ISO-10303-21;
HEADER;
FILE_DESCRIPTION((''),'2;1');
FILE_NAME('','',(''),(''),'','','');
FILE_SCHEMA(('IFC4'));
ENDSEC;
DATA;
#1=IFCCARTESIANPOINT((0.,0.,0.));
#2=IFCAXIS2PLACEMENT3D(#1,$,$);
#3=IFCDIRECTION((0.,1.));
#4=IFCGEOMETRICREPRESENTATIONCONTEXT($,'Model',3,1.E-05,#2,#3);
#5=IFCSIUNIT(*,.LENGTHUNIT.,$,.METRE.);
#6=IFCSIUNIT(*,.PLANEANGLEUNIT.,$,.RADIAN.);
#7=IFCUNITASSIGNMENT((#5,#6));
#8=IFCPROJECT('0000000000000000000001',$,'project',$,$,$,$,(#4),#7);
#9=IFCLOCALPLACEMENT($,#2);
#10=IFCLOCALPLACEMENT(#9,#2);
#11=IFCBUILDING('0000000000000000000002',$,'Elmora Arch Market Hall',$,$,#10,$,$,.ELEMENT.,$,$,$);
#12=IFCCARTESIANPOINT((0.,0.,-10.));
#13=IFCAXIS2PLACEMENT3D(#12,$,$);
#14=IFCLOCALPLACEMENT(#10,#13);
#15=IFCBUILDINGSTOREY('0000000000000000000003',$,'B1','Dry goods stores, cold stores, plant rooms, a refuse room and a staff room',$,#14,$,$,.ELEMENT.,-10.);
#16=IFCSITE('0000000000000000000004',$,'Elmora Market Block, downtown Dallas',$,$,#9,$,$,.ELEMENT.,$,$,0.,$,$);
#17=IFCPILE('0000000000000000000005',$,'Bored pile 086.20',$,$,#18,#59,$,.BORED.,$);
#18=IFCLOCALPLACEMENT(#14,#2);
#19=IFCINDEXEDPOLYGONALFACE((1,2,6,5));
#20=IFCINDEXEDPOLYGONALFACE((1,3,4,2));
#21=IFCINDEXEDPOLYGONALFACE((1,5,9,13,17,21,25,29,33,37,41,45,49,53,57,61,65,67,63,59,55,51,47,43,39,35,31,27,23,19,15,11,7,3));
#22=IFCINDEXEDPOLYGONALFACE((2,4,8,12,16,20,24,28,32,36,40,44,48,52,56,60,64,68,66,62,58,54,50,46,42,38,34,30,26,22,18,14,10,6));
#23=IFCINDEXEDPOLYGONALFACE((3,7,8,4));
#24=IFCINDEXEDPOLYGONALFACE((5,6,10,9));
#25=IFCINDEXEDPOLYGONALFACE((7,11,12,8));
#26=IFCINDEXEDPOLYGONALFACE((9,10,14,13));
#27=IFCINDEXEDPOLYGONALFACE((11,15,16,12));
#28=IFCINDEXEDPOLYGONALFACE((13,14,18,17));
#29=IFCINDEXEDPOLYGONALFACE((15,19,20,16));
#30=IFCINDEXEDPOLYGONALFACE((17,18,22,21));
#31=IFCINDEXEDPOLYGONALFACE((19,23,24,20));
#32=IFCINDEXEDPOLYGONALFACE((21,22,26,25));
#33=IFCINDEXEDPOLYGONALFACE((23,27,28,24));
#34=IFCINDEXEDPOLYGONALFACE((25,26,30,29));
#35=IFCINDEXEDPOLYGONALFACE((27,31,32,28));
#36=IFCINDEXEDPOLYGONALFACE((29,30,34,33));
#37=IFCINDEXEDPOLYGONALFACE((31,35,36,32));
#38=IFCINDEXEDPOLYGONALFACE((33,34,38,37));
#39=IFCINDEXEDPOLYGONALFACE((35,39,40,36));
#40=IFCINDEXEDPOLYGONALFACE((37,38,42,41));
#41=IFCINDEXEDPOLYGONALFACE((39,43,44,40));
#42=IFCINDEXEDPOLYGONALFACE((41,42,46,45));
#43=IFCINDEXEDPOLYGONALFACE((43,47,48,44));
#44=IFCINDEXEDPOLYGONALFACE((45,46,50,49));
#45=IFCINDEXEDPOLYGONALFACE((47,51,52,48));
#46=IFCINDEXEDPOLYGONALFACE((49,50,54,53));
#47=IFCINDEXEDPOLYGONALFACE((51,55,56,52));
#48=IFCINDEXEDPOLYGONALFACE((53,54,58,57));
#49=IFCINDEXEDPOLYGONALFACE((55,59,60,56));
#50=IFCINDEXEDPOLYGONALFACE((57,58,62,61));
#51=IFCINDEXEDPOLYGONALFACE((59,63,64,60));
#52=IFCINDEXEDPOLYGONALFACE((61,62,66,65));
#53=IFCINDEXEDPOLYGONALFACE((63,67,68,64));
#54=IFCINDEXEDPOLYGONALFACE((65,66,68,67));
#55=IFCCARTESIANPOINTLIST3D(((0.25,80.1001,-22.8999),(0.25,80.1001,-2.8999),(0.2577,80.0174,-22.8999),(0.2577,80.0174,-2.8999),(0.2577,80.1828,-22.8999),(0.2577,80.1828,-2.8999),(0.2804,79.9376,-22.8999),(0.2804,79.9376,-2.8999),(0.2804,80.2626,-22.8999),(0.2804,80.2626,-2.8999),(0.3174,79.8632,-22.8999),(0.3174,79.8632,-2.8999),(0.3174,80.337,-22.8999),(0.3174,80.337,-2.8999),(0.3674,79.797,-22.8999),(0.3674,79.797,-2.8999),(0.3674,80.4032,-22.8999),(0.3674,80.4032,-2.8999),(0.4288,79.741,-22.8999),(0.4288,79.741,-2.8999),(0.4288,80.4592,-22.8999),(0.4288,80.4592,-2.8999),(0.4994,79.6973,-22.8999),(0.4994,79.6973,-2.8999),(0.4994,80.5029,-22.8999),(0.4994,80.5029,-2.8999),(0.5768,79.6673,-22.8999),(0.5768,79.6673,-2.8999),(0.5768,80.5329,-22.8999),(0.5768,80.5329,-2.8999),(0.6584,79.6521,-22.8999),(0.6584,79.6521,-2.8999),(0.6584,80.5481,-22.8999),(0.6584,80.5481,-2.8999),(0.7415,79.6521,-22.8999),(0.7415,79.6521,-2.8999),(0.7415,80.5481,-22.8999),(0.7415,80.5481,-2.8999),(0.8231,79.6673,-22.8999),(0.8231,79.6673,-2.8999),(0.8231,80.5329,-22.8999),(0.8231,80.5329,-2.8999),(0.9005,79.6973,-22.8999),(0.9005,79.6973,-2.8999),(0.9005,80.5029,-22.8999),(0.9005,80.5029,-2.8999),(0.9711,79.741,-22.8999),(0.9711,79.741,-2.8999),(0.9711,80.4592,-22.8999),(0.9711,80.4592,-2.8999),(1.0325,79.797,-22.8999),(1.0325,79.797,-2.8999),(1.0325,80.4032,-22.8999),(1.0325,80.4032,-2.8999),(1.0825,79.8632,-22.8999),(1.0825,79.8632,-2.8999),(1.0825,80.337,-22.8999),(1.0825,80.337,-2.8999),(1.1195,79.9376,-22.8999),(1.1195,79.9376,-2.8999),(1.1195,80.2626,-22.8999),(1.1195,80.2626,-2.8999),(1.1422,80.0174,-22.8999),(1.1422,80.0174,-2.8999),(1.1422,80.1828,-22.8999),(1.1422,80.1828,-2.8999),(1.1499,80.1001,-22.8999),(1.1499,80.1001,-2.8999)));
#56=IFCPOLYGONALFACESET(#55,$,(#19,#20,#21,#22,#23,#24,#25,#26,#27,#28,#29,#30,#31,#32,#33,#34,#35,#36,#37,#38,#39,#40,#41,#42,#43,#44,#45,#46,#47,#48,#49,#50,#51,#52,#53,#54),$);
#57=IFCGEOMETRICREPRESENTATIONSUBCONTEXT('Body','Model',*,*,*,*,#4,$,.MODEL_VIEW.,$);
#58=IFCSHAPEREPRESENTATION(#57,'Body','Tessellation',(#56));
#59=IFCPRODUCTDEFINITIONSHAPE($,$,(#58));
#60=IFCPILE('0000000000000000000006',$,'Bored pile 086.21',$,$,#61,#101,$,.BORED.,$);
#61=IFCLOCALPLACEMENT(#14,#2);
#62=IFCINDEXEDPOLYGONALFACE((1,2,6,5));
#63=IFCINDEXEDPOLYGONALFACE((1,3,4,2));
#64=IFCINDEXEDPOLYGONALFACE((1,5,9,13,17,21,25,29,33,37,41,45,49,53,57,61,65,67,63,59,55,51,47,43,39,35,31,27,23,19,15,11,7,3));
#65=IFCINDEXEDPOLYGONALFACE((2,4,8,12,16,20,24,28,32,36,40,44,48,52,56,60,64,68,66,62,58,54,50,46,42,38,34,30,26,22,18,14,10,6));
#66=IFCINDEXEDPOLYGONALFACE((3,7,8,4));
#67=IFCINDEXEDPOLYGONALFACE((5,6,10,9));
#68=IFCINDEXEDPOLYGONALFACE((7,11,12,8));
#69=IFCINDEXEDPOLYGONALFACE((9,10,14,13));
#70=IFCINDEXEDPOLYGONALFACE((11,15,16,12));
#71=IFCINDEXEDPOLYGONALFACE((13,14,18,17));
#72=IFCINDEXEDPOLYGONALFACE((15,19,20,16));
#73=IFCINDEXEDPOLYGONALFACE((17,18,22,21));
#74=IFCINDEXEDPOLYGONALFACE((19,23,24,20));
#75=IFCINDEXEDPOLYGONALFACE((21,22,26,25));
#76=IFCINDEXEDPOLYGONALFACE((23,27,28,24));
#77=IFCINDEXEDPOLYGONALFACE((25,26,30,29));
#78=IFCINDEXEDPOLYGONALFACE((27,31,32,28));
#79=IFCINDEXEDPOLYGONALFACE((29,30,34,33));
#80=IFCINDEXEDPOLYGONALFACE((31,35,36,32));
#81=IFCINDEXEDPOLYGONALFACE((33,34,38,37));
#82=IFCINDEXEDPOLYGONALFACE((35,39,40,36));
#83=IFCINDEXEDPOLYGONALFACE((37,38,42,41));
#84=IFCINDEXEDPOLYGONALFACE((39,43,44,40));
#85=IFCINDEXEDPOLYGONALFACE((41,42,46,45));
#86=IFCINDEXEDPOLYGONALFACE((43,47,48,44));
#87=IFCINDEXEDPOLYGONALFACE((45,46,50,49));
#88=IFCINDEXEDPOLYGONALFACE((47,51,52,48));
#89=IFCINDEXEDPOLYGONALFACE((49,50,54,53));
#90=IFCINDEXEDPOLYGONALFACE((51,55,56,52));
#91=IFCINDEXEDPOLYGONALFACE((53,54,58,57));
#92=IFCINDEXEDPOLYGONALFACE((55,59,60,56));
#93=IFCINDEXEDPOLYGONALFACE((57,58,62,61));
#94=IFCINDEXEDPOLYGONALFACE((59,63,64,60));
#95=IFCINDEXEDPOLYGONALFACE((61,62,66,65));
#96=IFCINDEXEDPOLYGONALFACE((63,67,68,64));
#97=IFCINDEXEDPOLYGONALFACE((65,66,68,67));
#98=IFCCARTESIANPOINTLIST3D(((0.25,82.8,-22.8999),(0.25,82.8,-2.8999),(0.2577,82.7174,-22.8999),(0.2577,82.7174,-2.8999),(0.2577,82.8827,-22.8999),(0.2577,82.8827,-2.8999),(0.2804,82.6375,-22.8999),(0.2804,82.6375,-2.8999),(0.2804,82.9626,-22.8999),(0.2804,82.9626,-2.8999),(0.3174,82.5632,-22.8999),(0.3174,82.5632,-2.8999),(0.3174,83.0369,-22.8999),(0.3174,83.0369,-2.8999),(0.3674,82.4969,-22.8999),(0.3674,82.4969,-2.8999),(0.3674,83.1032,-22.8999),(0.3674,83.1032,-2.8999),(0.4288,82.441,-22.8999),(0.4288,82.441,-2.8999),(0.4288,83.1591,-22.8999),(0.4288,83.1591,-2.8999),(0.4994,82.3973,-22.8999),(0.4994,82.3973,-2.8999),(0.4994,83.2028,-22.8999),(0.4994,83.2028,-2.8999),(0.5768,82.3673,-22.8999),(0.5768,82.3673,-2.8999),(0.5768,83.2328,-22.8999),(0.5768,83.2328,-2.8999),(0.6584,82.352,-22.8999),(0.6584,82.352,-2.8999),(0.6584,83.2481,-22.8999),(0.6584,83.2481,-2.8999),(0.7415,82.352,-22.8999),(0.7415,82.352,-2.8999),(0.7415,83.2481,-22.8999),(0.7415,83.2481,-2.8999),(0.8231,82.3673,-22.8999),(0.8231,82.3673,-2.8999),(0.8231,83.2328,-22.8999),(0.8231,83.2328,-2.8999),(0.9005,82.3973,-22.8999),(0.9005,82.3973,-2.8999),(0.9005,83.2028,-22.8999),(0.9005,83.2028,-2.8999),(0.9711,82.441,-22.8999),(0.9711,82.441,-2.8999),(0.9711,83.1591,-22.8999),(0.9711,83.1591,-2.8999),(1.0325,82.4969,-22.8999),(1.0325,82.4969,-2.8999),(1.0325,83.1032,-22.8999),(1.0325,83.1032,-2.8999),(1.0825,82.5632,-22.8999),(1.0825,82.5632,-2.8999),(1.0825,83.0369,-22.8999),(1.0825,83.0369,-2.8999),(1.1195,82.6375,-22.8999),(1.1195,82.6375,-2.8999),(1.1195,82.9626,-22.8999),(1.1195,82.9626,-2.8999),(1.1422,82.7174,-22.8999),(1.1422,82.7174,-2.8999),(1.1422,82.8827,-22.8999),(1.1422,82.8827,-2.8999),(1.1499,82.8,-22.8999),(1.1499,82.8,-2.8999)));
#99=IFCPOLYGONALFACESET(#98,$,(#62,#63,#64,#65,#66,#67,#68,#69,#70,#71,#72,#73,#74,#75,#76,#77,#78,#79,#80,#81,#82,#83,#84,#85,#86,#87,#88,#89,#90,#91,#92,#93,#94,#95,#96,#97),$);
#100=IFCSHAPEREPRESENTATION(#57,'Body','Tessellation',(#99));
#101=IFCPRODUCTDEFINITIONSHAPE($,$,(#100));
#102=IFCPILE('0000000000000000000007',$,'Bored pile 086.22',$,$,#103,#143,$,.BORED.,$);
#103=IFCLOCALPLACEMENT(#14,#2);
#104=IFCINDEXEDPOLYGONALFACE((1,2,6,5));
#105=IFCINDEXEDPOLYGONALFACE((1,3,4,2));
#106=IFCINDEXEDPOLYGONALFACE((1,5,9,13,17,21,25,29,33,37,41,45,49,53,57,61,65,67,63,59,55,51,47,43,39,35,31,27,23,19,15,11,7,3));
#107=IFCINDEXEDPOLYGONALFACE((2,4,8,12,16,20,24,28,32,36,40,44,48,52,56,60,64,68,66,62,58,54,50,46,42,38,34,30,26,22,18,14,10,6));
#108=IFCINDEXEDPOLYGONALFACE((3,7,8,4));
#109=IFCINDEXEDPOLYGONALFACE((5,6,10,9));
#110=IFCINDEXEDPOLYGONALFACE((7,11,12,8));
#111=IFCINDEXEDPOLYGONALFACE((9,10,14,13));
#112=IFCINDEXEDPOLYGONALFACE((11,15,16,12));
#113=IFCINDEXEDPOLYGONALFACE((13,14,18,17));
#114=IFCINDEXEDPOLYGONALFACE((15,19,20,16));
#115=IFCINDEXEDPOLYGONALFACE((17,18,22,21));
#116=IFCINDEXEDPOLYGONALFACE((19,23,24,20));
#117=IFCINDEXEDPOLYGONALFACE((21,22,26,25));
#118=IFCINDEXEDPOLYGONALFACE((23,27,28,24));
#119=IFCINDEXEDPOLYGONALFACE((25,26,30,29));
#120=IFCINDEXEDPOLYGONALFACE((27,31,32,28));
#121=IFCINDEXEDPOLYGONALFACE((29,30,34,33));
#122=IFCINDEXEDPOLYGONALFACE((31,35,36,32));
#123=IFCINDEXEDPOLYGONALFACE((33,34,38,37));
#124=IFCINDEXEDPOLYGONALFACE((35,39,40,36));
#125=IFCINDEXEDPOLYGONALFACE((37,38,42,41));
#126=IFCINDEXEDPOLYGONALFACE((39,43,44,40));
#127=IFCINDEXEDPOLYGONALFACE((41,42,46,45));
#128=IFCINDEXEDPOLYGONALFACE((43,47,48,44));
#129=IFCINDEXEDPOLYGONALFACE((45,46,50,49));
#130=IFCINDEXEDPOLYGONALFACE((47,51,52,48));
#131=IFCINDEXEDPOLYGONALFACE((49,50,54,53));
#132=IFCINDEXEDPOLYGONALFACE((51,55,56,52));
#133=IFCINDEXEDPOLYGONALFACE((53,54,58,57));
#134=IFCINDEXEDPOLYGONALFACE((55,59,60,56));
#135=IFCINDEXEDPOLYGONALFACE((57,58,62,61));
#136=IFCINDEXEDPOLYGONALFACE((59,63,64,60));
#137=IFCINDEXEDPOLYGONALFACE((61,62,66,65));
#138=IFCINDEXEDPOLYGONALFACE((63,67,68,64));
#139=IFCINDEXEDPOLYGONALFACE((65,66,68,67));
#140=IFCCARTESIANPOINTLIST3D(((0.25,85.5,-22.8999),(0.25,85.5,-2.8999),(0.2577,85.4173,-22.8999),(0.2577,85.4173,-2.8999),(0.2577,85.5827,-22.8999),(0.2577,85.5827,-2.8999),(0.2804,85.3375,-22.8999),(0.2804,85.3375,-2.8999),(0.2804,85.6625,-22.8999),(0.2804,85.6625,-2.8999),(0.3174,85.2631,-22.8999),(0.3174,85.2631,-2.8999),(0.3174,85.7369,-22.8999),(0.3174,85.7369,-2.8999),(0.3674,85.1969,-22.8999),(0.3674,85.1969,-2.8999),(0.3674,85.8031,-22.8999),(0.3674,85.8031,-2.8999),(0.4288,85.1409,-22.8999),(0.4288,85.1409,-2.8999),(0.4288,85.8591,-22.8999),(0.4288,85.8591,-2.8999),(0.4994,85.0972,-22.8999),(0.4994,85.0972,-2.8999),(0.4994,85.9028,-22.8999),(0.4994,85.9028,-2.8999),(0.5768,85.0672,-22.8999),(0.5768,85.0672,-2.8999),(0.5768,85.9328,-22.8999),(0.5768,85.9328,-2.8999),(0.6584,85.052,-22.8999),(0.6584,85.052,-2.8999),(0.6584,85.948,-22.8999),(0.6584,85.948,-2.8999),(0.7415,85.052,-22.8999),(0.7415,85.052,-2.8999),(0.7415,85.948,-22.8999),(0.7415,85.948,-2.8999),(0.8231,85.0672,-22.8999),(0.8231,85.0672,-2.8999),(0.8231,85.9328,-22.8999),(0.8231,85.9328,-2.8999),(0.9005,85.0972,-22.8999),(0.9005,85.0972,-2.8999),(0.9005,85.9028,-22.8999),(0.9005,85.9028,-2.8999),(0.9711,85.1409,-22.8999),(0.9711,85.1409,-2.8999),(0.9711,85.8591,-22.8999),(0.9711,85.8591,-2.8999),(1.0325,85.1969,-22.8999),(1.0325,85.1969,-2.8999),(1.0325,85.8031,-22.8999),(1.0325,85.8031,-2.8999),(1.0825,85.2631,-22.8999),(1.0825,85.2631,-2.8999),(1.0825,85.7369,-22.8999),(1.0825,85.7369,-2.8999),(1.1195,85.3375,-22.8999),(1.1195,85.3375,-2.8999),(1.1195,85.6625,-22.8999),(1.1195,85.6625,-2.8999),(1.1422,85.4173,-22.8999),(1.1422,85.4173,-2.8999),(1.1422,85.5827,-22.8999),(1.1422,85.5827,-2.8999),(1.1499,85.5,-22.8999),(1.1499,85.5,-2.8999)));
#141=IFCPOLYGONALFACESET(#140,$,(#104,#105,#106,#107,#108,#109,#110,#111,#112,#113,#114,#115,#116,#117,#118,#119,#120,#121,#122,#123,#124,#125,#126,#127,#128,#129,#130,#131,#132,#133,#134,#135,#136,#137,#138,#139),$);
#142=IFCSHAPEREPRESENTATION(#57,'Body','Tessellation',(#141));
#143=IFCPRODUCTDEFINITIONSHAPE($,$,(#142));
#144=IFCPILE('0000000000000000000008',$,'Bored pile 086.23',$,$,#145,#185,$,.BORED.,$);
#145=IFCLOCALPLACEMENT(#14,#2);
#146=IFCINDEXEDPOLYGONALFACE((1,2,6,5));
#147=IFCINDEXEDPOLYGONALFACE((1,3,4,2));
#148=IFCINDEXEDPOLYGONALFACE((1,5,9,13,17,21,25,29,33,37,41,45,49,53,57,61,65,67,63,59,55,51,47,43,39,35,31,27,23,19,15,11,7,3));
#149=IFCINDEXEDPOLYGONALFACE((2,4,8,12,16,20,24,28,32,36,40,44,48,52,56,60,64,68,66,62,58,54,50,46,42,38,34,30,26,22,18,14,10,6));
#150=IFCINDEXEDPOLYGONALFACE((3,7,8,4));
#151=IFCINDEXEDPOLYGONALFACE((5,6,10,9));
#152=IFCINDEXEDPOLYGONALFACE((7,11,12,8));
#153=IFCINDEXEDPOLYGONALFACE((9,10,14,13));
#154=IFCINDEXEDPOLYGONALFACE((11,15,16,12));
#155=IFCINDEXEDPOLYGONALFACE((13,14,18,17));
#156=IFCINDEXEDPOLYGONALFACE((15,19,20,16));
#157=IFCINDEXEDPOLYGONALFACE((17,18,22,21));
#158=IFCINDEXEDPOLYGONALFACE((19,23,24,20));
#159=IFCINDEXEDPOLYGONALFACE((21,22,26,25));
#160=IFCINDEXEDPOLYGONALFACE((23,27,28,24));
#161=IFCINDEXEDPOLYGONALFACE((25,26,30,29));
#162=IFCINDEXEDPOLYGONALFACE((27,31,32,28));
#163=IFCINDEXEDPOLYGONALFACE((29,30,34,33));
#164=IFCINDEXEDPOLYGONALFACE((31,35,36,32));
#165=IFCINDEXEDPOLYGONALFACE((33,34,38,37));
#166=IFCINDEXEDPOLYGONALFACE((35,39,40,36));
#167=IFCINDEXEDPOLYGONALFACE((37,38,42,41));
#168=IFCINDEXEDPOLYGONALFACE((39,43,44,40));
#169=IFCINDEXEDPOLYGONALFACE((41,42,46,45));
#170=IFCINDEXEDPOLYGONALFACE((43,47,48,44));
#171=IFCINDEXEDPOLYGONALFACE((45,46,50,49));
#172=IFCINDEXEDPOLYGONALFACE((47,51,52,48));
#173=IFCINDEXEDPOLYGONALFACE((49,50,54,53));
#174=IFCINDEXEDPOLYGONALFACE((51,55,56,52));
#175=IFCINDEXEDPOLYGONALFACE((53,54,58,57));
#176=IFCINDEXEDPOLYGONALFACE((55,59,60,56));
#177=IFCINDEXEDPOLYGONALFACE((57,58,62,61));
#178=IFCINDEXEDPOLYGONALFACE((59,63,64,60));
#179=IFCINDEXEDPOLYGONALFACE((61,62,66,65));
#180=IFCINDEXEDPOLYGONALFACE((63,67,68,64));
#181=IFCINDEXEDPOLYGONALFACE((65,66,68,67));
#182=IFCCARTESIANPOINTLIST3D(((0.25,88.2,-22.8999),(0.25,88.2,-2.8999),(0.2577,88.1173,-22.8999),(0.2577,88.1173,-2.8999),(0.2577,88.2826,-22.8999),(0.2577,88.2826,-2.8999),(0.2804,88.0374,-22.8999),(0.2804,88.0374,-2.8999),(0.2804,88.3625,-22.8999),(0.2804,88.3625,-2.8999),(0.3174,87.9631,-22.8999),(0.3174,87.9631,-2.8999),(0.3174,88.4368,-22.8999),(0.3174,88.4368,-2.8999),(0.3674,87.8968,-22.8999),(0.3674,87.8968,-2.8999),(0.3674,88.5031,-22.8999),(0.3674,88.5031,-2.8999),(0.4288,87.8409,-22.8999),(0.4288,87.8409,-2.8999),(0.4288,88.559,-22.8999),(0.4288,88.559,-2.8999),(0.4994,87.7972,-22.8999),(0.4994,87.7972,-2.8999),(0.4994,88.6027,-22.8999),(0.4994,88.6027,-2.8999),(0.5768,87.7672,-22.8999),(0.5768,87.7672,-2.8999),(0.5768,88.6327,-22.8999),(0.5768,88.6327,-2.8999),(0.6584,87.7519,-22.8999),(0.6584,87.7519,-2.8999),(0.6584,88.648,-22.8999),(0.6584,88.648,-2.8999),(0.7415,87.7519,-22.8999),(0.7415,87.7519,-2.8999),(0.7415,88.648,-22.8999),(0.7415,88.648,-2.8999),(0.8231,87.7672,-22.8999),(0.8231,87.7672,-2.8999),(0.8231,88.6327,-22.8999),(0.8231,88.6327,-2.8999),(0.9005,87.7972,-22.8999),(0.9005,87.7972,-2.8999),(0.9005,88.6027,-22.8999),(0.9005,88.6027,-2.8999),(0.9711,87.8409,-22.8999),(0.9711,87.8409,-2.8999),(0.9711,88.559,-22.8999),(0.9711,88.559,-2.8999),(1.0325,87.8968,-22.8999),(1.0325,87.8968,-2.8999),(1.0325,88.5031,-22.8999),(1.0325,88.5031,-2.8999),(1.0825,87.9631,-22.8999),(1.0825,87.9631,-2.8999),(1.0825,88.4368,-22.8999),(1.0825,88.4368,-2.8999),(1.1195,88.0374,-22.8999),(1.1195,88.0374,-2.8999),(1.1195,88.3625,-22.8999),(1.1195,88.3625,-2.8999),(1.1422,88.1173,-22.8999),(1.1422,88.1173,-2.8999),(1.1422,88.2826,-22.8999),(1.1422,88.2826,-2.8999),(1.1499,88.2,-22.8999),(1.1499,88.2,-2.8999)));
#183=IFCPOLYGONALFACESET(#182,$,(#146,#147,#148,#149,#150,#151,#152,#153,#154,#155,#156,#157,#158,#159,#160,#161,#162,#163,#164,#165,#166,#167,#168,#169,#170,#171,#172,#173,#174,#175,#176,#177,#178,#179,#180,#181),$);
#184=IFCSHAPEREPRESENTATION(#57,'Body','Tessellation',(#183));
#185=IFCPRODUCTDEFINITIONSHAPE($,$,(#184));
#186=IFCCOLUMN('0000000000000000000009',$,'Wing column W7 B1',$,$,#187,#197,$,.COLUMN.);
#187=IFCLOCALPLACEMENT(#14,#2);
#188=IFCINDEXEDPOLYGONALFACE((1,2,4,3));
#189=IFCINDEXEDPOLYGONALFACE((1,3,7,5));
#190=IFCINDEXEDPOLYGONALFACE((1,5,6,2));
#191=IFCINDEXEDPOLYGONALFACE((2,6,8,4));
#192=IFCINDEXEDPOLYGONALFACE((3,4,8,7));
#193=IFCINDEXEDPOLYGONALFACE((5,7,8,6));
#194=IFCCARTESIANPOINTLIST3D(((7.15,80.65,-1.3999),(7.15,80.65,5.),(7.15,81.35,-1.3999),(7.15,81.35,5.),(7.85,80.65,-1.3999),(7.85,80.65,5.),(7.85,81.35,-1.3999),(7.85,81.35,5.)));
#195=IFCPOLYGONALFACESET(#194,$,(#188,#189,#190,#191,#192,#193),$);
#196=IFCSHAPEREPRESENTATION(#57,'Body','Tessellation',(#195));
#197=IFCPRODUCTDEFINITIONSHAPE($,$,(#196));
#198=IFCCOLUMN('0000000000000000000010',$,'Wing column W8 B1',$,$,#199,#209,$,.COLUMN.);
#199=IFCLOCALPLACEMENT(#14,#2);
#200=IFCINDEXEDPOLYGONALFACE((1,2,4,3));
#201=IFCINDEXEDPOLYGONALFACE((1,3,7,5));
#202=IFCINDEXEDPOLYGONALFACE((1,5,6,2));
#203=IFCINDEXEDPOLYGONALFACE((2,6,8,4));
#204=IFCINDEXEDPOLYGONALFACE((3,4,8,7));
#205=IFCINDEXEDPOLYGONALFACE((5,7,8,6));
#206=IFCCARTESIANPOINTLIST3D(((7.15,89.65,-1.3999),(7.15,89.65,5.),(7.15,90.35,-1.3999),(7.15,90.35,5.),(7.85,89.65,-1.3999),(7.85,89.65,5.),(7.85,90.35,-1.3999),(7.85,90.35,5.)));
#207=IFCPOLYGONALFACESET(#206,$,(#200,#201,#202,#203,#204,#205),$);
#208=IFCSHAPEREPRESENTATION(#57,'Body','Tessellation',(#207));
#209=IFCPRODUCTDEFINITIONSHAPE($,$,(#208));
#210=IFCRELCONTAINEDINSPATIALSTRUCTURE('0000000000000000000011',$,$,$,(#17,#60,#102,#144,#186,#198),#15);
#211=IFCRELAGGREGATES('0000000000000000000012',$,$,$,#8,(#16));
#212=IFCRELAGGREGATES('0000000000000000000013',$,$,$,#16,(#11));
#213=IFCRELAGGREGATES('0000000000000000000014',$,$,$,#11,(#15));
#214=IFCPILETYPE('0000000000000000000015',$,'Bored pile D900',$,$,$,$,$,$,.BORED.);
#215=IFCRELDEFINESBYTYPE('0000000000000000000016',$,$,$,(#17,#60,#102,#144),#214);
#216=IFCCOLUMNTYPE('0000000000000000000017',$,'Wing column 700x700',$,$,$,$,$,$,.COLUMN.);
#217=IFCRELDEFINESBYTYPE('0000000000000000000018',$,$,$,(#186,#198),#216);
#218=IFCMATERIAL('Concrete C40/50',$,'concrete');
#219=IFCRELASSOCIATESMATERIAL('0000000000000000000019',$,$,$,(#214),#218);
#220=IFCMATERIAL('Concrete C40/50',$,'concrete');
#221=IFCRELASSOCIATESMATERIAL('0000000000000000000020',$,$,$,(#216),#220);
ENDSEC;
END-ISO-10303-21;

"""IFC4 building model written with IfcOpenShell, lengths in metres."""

from ifc_helpers import new_model, si_unit, direction, frame, origin, origin_2d, place, context, subcontext, project, spatial, rectangle, circle, extrude, material, material_profile, profile_set, type_object, element, save


model = new_model("IFC4")

# Units and contexts
model_context = context("Model", 3, precision=1e-05, world=origin(), true_north=direction((0.0, 1.0)))
body_context = subcontext(model_context, "Body", "Model", "MODEL_VIEW")
ifc_project = project(units=[si_unit("LENGTHUNIT", "METRE"), si_unit("PLANEANGLEUNIT", "RADIAN")], contexts=[model_context])

# Site, building, storey
site_placement = place(None, origin())
site = spatial("IfcSite", under=ifc_project, at=site_placement, Name="Elmora Market Block, downtown Dallas", CompositionType="ELEMENT", RefElevation=0.0)
building_placement = place(site_placement, origin())
building = spatial("IfcBuilding", under=site, at=building_placement, Name="Elmora Arch Market Hall", CompositionType="ELEMENT")
storey_placement = place(building_placement, frame((0.0, 0.0, -10.0)))
storey = spatial("IfcBuildingStorey", under=building, at=storey_placement, Name="B1", Description="Dry goods stores, cold stores, plant rooms, a refuse room and a staff room", CompositionType="ELEMENT", Elevation=-10.0)

# Piles
ifc_material_1 = material(Name="Concrete C40/50", Category="concrete")
ifc_material_profile_1 = material_profile(ifc_material_1, circle(Radius=0.45, at=origin_2d()), Name="Bored pile D900")
ifc_profile_set_1 = profile_set([ifc_material_profile_1], Name="Concrete C40/50")
pile_type = type_object("IfcPileType", Name="Bored pile D900", PredefinedType="BORED", material=ifc_profile_set_1)
for number, where, z_axis, x_axis, name in (
    (1, (0.7, 80.1001, -2.8999), (0.0, 0.0, -1.0), (1.0, 0.0, 0.0), "Bored pile 086.20"),
    (2, (0.7, 82.8, -2.8999), (0.0, 0.0, -1.0), (1.0, 0.0, 0.0), "Bored pile 086.21"),
    (3, (0.7, 85.5, -2.8999), (0.0, 0.0, -1.0), (1.0, 0.0, 0.0), "Bored pile 086.22"),
    (4, (0.7, 88.2, -2.8999), (0.0, 0.0, -1.0), (1.0, 0.0, 0.0), "Bored pile 086.23"),
):
    element("IfcPile", number, at=place(storey_placement, frame(where, z_axis=z_axis, x_axis=x_axis)), inside=storey, type_object=pile_type, Name=name, PredefinedType="BORED", context=body_context, shape_type="SweptSolid", body=[
        extrude(circle(Radius=0.45, at=origin_2d()), origin(), (0.0, 0.0, 1.0), 20.0),
    ])

# Columns
ifc_material_2 = material(Name="Concrete C40/50", Category="concrete")
ifc_material_profile_2 = material_profile(ifc_material_2, rectangle(XDim=0.7, YDim=0.7, at=origin_2d()), Name="Wing column 700x700")
ifc_profile_set_2 = profile_set([ifc_material_profile_2], Name="Concrete C40/50")
column_type = type_object("IfcColumnType", Name="Wing column 700x700", PredefinedType="COLUMN", material=ifc_profile_set_2)
for number, where, z_axis, x_axis, name in (
    (5, (7.5, 81.0, -1.3999), (0.0, 0.0, 1.0), (1.0, 0.0, 0.0), "Wing column W7 B1"),
    (6, (7.5, 90.0, -1.3999), (0.0, 0.0, 1.0), (1.0, 0.0, 0.0), "Wing column W8 B1"),
):
    element("IfcColumn", number, at=place(storey_placement, frame(where, z_axis=z_axis, x_axis=x_axis)), inside=storey, type_object=column_type, Name=name, PredefinedType="COLUMN", context=body_context, shape_type="SweptSolid", body=[
        extrude(rectangle(XDim=0.7, YDim=0.7, at=origin_2d()), origin(), (0.0, 0.0, 1.0), 6.3999),
    ])

save(model, "model.ifc")
